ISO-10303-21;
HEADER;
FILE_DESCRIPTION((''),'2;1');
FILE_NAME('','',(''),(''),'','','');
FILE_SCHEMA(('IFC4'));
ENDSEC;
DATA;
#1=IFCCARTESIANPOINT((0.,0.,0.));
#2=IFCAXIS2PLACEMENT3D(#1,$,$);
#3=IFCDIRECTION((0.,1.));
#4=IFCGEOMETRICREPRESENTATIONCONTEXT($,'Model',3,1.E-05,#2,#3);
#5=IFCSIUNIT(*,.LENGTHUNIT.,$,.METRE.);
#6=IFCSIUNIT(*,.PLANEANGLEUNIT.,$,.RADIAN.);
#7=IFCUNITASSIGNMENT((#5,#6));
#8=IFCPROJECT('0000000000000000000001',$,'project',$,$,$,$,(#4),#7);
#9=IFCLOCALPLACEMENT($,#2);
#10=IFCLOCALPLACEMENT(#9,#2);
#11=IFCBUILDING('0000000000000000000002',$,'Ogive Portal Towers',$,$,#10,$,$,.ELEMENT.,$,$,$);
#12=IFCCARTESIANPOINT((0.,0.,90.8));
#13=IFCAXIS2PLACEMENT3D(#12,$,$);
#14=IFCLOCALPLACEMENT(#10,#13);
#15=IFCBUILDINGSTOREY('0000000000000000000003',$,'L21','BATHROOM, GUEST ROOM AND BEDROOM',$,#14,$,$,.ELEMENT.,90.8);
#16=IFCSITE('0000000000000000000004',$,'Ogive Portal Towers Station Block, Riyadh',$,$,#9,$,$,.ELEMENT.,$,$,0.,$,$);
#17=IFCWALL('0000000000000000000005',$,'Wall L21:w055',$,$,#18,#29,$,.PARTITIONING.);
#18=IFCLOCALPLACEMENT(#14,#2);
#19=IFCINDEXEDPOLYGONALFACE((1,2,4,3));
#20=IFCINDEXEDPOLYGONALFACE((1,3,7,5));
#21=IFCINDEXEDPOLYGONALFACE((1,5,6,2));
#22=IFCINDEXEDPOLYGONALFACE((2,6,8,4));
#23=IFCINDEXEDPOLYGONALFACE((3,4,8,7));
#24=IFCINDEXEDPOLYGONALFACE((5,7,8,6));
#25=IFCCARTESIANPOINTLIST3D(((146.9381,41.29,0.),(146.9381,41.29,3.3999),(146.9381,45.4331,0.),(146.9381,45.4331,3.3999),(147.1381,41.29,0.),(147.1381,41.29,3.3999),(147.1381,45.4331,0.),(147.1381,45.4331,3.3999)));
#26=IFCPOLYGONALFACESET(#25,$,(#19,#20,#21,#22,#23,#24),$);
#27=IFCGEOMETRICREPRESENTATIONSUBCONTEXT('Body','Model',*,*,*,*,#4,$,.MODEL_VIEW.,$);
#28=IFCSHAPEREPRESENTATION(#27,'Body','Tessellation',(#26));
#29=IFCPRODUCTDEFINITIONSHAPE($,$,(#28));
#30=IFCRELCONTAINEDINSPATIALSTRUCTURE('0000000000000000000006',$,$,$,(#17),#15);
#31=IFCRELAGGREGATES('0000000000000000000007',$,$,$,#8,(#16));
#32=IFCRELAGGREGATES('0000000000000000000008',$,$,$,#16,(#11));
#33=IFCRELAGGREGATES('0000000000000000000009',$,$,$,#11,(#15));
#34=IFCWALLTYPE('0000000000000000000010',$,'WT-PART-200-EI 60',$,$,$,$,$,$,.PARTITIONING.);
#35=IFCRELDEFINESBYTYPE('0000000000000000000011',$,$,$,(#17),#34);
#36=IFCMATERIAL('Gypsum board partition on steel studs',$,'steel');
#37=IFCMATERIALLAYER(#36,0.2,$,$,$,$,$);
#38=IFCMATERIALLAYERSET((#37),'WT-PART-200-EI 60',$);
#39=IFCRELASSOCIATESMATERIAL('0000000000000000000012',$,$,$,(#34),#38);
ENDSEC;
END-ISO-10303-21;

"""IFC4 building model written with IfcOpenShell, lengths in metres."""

from ifc_helpers import new_model, si_unit, direction, frame, frame_2d, origin, place, context, subcontext, project, spatial, rectangle, extrude, material, layer, layer_set, type_object, element, save


model = new_model("IFC4")

# Units and contexts
model_context = context("Model", 3, precision=1e-05, world=origin(), true_north=direction((0.0, 1.0)))
body_context = subcontext(model_context, "Body", "Model", "MODEL_VIEW")
ifc_project = project(units=[si_unit("LENGTHUNIT", "METRE"), si_unit("PLANEANGLEUNIT", "RADIAN")], contexts=[model_context])

# Site, building, storey
site_placement = place(None, origin())
site = spatial("IfcSite", under=ifc_project, at=site_placement, Name="Ogive Portal Towers Station Block, Riyadh", CompositionType="ELEMENT", RefElevation=0.0)
building_placement = place(site_placement, origin())
building = spatial("IfcBuilding", under=site, at=building_placement, Name="Ogive Portal Towers", CompositionType="ELEMENT")
storey_placement = place(building_placement, frame((0.0, 0.0, 90.8)))
storey = spatial("IfcBuildingStorey", under=building, at=storey_placement, Name="L21", Description="BATHROOM, GUEST ROOM AND BEDROOM", CompositionType="ELEMENT", Elevation=90.8)

# Shared definitions
ifc_material_1 = material(Name="Gypsum board partition on steel studs", Category="steel")
ifc_layer_1 = layer(ifc_material_1, 0.2)
ifc_layer_set_1 = layer_set([ifc_layer_1], Name="WT-PART-200-EI 60")
wall_type = type_object("IfcWallType", Name="WT-PART-200-EI 60", PredefinedType="PARTITIONING", material=ifc_layer_set_1)

# Wall
wall_1_placement = place(storey_placement, frame((147.0381, 41.29, 0.0), z_axis=(0.0, 0.0, 1.0), x_axis=(0.0, 1.0, 0.0)))
element("IfcWall", 1, at=wall_1_placement, inside=storey, type_object=wall_type, Name="Wall L21:w055", PredefinedType="PARTITIONING", context=body_context, shape_type="SweptSolid", body=[
    extrude(rectangle(XDim=4.1431, YDim=0.2, at=frame_2d((2.0715, 0.0))), origin(), (0.0, 0.0, 1.0), 3.3999),
])

save(model, "model.ifc")
